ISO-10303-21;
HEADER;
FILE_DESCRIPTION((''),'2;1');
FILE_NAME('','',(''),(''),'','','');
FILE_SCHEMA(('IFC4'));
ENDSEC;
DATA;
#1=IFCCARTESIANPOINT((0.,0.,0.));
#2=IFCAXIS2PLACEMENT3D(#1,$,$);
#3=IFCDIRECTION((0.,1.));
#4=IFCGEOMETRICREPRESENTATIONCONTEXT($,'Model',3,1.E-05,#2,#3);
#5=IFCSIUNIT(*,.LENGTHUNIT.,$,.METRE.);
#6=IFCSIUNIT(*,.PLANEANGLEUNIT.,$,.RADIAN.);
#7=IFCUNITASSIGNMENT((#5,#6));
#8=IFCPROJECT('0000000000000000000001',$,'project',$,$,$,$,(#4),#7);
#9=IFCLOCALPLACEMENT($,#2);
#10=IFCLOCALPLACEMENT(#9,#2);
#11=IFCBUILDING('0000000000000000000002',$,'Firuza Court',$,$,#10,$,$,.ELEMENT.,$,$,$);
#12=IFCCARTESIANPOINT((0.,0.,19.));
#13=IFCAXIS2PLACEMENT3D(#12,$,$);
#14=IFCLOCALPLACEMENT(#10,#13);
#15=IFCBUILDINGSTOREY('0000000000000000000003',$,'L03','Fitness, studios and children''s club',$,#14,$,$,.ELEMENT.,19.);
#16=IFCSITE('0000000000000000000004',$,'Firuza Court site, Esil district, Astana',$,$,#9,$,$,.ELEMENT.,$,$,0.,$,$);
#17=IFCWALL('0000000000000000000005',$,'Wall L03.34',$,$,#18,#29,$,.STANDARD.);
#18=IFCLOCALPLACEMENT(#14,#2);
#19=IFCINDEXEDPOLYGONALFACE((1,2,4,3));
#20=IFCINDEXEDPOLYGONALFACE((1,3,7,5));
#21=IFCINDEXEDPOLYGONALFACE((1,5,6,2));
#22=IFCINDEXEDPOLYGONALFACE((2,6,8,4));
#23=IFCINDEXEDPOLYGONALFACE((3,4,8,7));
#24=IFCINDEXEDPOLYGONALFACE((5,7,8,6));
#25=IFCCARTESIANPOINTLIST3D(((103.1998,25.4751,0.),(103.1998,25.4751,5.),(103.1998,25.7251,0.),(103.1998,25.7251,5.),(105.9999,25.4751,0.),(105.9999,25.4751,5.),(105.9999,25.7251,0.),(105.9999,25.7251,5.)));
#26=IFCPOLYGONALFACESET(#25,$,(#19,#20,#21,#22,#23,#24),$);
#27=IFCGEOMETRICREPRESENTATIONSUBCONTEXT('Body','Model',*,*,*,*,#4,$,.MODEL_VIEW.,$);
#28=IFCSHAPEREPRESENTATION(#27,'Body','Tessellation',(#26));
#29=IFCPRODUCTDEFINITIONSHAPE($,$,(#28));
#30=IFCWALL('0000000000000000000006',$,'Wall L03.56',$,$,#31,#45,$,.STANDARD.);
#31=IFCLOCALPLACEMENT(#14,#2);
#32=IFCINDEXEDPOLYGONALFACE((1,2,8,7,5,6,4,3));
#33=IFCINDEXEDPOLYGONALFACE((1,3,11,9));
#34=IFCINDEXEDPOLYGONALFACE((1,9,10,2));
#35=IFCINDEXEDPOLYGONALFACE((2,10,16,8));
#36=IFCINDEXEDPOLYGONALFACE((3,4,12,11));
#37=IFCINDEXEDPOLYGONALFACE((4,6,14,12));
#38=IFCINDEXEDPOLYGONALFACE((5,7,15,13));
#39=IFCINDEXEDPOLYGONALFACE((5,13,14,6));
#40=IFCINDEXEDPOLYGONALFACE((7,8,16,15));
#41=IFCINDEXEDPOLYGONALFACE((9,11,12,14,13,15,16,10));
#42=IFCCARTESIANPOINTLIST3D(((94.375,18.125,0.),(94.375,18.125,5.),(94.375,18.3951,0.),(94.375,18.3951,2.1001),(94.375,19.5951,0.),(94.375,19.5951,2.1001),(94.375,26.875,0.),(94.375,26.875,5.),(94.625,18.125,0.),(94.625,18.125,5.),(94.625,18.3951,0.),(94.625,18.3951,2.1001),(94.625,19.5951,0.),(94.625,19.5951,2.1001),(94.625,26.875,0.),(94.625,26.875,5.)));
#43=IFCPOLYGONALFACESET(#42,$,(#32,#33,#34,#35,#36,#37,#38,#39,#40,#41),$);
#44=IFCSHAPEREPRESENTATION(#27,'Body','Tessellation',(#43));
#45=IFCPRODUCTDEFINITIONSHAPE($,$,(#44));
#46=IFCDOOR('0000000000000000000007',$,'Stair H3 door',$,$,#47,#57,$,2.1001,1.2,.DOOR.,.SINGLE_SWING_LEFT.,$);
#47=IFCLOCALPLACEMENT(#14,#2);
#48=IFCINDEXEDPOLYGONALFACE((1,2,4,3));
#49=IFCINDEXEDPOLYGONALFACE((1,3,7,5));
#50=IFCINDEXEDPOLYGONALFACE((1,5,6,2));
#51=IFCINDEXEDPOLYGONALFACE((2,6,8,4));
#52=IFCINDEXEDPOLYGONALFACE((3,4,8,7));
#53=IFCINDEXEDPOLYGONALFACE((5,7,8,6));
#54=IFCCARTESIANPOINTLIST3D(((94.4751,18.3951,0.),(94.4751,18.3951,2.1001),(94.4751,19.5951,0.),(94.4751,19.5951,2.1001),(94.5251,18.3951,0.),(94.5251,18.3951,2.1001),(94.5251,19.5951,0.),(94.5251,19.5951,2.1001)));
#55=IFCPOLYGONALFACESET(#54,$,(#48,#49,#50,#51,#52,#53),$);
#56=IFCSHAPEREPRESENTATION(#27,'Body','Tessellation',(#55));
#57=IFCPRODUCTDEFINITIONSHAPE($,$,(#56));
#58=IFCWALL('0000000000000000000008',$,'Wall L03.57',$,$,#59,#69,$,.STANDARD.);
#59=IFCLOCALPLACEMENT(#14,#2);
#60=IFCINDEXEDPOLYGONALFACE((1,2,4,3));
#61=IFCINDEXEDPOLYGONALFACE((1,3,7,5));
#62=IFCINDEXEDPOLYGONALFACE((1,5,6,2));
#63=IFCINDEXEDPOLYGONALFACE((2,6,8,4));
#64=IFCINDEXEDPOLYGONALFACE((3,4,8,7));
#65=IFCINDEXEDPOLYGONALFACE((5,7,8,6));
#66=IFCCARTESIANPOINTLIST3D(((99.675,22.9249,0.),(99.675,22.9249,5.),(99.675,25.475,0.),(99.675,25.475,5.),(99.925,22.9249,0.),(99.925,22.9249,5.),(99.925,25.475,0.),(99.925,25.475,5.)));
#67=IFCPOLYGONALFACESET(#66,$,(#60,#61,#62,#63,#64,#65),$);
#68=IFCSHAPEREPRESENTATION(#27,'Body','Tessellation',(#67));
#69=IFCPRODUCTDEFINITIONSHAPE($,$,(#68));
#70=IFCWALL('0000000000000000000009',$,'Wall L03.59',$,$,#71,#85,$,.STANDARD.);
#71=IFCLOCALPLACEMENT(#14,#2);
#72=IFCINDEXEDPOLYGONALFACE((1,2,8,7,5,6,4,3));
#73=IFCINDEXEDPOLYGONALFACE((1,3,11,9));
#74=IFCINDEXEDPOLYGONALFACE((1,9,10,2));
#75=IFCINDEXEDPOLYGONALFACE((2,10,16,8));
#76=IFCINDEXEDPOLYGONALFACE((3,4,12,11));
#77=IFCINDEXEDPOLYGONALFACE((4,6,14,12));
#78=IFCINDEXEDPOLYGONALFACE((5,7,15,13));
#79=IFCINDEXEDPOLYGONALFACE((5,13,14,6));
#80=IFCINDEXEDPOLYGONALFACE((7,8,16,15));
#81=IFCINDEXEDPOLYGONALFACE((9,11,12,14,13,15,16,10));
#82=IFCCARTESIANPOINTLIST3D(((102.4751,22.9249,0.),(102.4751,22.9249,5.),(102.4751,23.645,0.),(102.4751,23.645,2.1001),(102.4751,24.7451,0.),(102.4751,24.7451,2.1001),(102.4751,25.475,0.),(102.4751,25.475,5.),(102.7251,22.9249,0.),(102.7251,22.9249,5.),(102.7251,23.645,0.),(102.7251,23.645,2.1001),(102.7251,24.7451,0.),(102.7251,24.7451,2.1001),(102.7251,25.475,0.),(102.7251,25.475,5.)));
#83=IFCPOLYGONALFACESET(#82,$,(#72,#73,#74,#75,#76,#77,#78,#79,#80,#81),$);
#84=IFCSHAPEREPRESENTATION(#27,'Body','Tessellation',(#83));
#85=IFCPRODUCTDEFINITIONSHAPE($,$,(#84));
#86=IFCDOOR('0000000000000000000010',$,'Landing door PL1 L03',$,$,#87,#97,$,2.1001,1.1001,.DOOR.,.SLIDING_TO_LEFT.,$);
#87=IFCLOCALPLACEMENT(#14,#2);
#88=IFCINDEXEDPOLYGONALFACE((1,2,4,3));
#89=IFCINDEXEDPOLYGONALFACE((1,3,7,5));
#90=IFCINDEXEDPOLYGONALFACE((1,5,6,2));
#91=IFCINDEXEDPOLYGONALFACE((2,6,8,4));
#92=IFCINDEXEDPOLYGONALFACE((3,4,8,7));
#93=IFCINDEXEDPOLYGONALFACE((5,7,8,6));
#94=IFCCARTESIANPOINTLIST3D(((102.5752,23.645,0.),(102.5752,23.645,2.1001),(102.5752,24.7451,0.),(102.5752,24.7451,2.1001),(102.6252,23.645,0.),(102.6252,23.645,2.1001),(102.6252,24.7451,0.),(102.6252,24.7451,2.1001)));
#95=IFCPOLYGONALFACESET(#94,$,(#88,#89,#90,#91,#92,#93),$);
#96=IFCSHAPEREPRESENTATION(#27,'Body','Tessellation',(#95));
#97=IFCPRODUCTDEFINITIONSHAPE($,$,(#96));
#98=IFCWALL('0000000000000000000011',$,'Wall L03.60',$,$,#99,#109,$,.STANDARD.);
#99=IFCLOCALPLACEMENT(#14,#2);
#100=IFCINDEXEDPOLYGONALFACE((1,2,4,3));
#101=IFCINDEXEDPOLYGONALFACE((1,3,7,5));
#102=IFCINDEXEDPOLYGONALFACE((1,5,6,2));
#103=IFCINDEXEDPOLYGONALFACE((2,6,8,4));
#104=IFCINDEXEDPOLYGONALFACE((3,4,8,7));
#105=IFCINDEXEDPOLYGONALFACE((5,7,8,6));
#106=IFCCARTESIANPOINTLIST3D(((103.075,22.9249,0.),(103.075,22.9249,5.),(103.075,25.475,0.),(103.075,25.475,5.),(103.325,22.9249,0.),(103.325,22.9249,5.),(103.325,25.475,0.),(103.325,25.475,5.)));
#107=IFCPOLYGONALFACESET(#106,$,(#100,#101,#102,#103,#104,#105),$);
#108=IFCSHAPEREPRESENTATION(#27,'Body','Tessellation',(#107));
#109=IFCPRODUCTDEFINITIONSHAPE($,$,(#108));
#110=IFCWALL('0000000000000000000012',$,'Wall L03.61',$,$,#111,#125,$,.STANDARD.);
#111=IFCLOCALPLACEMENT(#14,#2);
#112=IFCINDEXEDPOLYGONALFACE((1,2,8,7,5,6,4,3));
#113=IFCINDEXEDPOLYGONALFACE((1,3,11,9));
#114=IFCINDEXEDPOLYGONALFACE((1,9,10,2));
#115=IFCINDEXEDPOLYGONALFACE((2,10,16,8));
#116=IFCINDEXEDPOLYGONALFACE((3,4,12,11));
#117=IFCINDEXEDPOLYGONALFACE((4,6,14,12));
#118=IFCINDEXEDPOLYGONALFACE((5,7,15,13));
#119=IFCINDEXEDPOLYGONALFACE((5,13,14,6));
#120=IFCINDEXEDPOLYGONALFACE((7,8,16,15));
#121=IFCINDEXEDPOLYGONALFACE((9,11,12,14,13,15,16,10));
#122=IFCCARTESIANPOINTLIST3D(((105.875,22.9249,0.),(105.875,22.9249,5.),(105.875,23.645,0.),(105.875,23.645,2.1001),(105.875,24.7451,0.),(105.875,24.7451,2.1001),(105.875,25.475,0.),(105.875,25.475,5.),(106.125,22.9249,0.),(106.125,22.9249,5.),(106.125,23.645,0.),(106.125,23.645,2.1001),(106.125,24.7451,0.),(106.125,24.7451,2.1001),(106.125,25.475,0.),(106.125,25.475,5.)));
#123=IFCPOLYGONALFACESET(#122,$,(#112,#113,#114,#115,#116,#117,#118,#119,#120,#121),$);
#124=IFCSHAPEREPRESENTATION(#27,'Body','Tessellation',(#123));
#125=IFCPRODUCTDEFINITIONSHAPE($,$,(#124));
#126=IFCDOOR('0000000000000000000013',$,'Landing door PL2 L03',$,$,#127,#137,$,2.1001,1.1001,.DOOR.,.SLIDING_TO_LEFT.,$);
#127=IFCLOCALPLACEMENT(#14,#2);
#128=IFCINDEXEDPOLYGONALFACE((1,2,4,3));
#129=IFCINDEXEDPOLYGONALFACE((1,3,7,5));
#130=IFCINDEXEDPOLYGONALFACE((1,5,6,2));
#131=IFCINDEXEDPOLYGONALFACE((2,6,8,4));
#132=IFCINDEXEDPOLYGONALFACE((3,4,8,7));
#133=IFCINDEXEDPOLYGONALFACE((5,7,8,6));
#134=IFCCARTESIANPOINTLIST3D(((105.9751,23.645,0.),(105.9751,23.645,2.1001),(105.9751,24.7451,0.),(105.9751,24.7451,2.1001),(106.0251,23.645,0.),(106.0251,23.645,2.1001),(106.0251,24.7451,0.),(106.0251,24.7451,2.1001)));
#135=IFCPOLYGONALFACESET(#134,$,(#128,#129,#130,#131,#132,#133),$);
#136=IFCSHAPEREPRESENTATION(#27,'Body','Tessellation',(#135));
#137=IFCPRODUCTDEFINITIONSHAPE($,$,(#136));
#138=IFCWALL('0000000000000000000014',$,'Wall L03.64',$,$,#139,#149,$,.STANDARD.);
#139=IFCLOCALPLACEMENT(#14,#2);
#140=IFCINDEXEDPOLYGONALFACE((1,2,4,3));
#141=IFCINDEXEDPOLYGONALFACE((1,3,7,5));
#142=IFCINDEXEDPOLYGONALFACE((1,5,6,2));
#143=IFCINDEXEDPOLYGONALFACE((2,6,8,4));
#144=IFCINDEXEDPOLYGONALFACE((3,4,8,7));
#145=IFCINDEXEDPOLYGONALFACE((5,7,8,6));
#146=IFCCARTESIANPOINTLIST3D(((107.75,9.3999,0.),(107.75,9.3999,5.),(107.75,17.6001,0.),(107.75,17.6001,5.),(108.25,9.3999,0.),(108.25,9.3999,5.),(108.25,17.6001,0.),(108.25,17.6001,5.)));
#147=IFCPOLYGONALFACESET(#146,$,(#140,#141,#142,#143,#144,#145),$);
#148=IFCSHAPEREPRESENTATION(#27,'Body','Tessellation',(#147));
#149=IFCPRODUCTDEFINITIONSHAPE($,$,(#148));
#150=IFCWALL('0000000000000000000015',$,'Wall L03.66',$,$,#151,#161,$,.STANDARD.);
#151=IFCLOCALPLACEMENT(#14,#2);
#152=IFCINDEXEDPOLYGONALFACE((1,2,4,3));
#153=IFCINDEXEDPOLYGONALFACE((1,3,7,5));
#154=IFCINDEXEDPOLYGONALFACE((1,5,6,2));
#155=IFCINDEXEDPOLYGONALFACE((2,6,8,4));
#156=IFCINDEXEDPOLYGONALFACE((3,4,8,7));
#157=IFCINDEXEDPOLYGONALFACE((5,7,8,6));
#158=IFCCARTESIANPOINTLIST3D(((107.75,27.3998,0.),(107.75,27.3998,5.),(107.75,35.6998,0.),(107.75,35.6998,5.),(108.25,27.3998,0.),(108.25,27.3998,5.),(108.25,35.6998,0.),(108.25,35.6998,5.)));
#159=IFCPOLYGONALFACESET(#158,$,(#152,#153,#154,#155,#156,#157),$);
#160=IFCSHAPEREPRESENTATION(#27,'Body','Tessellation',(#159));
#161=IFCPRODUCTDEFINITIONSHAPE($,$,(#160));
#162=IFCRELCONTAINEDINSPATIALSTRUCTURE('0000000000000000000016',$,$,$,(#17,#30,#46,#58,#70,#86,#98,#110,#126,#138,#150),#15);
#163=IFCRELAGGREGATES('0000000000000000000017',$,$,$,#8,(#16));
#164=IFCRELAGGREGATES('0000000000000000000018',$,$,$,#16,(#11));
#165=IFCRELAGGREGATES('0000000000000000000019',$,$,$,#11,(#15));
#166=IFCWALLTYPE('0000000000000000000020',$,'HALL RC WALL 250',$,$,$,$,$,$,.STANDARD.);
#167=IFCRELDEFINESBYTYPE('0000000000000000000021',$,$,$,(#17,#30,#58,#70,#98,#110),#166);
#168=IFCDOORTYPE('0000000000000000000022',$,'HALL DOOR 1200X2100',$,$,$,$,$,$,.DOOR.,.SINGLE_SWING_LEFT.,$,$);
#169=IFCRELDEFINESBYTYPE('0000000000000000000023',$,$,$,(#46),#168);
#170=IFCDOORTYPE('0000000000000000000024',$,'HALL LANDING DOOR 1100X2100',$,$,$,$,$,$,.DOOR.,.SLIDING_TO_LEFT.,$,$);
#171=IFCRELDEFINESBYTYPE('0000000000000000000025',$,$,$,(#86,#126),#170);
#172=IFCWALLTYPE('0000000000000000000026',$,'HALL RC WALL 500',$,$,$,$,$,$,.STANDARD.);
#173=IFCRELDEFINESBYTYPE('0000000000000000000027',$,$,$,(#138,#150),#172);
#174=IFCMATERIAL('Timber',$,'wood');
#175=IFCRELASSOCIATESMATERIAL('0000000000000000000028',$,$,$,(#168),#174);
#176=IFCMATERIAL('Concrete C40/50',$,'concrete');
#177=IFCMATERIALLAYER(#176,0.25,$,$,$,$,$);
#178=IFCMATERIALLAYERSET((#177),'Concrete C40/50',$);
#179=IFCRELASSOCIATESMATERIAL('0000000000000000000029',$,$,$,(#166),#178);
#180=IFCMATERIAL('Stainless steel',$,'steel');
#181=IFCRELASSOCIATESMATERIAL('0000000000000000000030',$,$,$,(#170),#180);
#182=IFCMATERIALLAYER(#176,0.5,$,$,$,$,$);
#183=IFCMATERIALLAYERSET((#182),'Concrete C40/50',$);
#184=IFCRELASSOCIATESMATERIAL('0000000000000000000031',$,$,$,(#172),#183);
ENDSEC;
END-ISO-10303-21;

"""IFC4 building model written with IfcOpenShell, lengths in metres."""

from ifc_helpers import new_model, si_unit, direction, frame, frame_2d, origin, place, context, subcontext, project, spatial, rectangle, extrude, material, layer, layer_set, type_object, element, fill, save


model = new_model("IFC4")

# Units and contexts
model_context = context("Model", 3, precision=1e-05, world=origin(), true_north=direction((0.0, 1.0)))
body_context = subcontext(model_context, "Body", "Model", "MODEL_VIEW")
ifc_project = project(units=[si_unit("LENGTHUNIT", "METRE"), si_unit("PLANEANGLEUNIT", "RADIAN")], contexts=[model_context])

# Site, building, storey
site_placement = place(None, origin())
site = spatial("IfcSite", under=ifc_project, at=site_placement, Name="Firuza Court site, Esil district, Astana", CompositionType="ELEMENT", RefElevation=0.0)
building_placement = place(site_placement, origin())
building = spatial("IfcBuilding", under=site, at=building_placement, Name="Firuza Court", CompositionType="ELEMENT")
storey_placement = place(building_placement, frame((0.0, 0.0, 19.0)))
storey = spatial("IfcBuildingStorey", under=building, at=storey_placement, Name="L03", Description="Fitness, studios and children's club", CompositionType="ELEMENT", Elevation=19.0)

# Shared definitions
ifc_material_1 = material(Name="Timber", Category="wood")
door_type_1 = type_object("IfcDoorType", Name="HALL DOOR 1200X2100", OperationType="SINGLE_SWING_LEFT", PredefinedType="DOOR", material=ifc_material_1)

# Wall
ifc_material_2 = material(Name="Concrete C40/50", Category="concrete")
ifc_layer_1 = layer(ifc_material_2, 0.25)
ifc_layer_set_1 = layer_set([ifc_layer_1], Name="Concrete C40/50")
wall_type_1 = type_object("IfcWallType", Name="HALL RC WALL 250", PredefinedType="STANDARD", material=ifc_layer_set_1)
for number, where, z_axis, x_axis, name in (
    (1, (103.2, 25.6001, 0.0), (0.0, 0.0, 1.0), (1.0, 0.0, 0.0), "Wall L03.34"),
):
    element("IfcWall", number, at=place(storey_placement, frame(where, z_axis=z_axis, x_axis=x_axis)), inside=storey, type_object=wall_type_1, Name=name, PredefinedType="STANDARD", context=body_context, shape_type="SweptSolid", body=[
        extrude(rectangle(XDim=2.8, YDim=0.25, at=frame_2d((1.3999, 0.0))), origin(), (0.0, 0.0, 1.0), 5.0),
    ])

# Wall, opening, door
wall_1_placement = place(storey_placement, frame((94.5, 18.125, 0.0), z_axis=(0.0, 0.0, 1.0), x_axis=(0.0, 1.0, 0.0)))
wall_1 = element("IfcWall", 2, at=wall_1_placement, inside=storey, type_object=wall_type_1, Name="Wall L03.56", PredefinedType="STANDARD", context=body_context, shape_type="SweptSolid", body=[
    extrude(rectangle(XDim=8.75, YDim=0.25, at=frame_2d((4.375, 0.0))), origin(), (0.0, 0.0, 1.0), 5.0),
])
opening_1_placement = place(wall_1_placement, frame((0.27, 0.0, 0.0)))
opening_1 = element("IfcOpeningElement", 3, at=opening_1_placement, cuts=wall_1, PredefinedType="OPENING", context=body_context, shape_type="SweptSolid", body=[
    extrude(rectangle(XDim=1.2, YDim=2.1001, at=frame_2d((0.6001, 1.05))), frame((0.0, 0.137, 0.0), z_axis=(0.0, -1.0, 0.0), x_axis=(1.0, 0.0, 0.0)), (0.0, 0.0, 1.0), 0.2739),
])
door_1_placement = place(opening_1_placement, origin())
door_1 = element("IfcDoor", 4, at=door_1_placement, inside=storey, type_object=door_type_1, Name="Stair H3 door", OperationType="SINGLE_SWING_LEFT", OverallHeight=2.1001, OverallWidth=1.2, PredefinedType="DOOR", context=body_context, shape_type="SweptSolid", body=[
    extrude(rectangle(XDim=1.2, YDim=2.1001, at=frame_2d((0.6001, 1.05))), frame((0.0, 0.0249, 0.0), z_axis=(0.0, -1.0, 0.0), x_axis=(1.0, 0.0, 0.0)), (0.0, 0.0, 1.0), 0.05),
])
fill(opening_1, door_1)

# Wall
wall_2_placement = place(storey_placement, frame((99.8, 22.925, 0.0), z_axis=(0.0, 0.0, 1.0), x_axis=(0.0, 1.0, 0.0)))
element("IfcWall", 5, at=wall_2_placement, inside=storey, type_object=wall_type_1, Name="Wall L03.57", PredefinedType="STANDARD", context=body_context, shape_type="SweptSolid", body=[
    extrude(rectangle(XDim=2.55, YDim=0.25, at=frame_2d((1.2749, 0.0))), origin(), (0.0, 0.0, 1.0), 5.0),
])

# Wall, opening, door
wall_3_placement = place(storey_placement, frame((102.6001, 22.925, 0.0), z_axis=(0.0, 0.0, 1.0), x_axis=(0.0, 1.0, 0.0)))
wall_3 = element("IfcWall", 6, at=wall_3_placement, inside=storey, type_object=wall_type_1, Name="Wall L03.59", PredefinedType="STANDARD", context=body_context, shape_type="SweptSolid", body=[
    extrude(rectangle(XDim=2.55, YDim=0.25, at=frame_2d((1.2749, 0.0))), origin(), (0.0, 0.0, 1.0), 5.0),
])
opening_2_placement = place(wall_3_placement, frame((0.72, 0.0, 0.0)))
opening_2 = element("IfcOpeningElement", 7, at=opening_2_placement, cuts=wall_3, PredefinedType="OPENING", context=body_context, shape_type="SweptSolid", body=[
    extrude(rectangle(XDim=1.1001, YDim=2.1001, at=frame_2d((0.55, 1.05))), frame((0.0, 0.137, 0.0), z_axis=(0.0, -1.0, 0.0), x_axis=(1.0, 0.0, 0.0)), (0.0, 0.0, 1.0), 0.2739),
])
ifc_material_3 = material(Name="Stainless steel", Category="steel")
door_type_2 = type_object("IfcDoorType", Name="HALL LANDING DOOR 1100X2100", OperationType="SLIDING_TO_LEFT", PredefinedType="DOOR", material=ifc_material_3)
door_2_placement = place(opening_2_placement, origin())
door_2 = element("IfcDoor", 8, at=door_2_placement, inside=storey, type_object=door_type_2, Name="Landing door PL1 L03", OperationType="SLIDING_TO_LEFT", OverallHeight=2.1001, OverallWidth=1.1001, PredefinedType="DOOR", context=body_context, shape_type="SweptSolid", body=[
    extrude(rectangle(XDim=1.1001, YDim=2.1001, at=frame_2d((0.55, 1.05))), frame((0.0, 0.0249, 0.0), z_axis=(0.0, -1.0, 0.0), x_axis=(1.0, 0.0, 0.0)), (0.0, 0.0, 1.0), 0.05),
])
fill(opening_2, door_2)

# Wall
wall_4_placement = place(storey_placement, frame((103.2, 22.925, 0.0), z_axis=(0.0, 0.0, 1.0), x_axis=(0.0, 1.0, 0.0)))
element("IfcWall", 9, at=wall_4_placement, inside=storey, type_object=wall_type_1, Name="Wall L03.60", PredefinedType="STANDARD", context=body_context, shape_type="SweptSolid", body=[
    extrude(rectangle(XDim=2.55, YDim=0.25, at=frame_2d((1.2749, 0.0))), origin(), (0.0, 0.0, 1.0), 5.0),
])

# Wall, opening, door
wall_5_placement = place(storey_placement, frame((106.0, 22.925, 0.0), z_axis=(0.0, 0.0, 1.0), x_axis=(0.0, 1.0, 0.0)))
wall_5 = element("IfcWall", 10, at=wall_5_placement, inside=storey, type_object=wall_type_1, Name="Wall L03.61", PredefinedType="STANDARD", context=body_context, shape_type="SweptSolid", body=[
    extrude(rectangle(XDim=2.55, YDim=0.25, at=frame_2d((1.2749, 0.0))), origin(), (0.0, 0.0, 1.0), 5.0),
])
opening_3_placement = place(wall_5_placement, frame((0.72, 0.0, 0.0)))
opening_3 = element("IfcOpeningElement", 11, at=opening_3_placement, cuts=wall_5, PredefinedType="OPENING", context=body_context, shape_type="SweptSolid", body=[
    extrude(rectangle(XDim=1.1001, YDim=2.1001, at=frame_2d((0.55, 1.05))), frame((0.0, 0.137, 0.0), z_axis=(0.0, -1.0, 0.0), x_axis=(1.0, 0.0, 0.0)), (0.0, 0.0, 1.0), 0.2739),
])
door_3_placement = place(opening_3_placement, origin())
door_3 = element("IfcDoor", 12, at=door_3_placement, inside=storey, type_object=door_type_2, Name="Landing door PL2 L03", OperationType="SLIDING_TO_LEFT", OverallHeight=2.1001, OverallWidth=1.1001, PredefinedType="DOOR", context=body_context, shape_type="SweptSolid", body=[
    extrude(rectangle(XDim=1.1001, YDim=2.1001, at=frame_2d((0.55, 1.05))), frame((0.0, 0.0249, 0.0), z_axis=(0.0, -1.0, 0.0), x_axis=(1.0, 0.0, 0.0)), (0.0, 0.0, 1.0), 0.05),
])
fill(opening_3, door_3)

# Wall
ifc_layer_2 = layer(ifc_material_2, 0.5)
ifc_layer_set_2 = layer_set([ifc_layer_2], Name="Concrete C40/50")
wall_type_2 = type_object("IfcWallType", Name="HALL RC WALL 500", PredefinedType="STANDARD", material=ifc_layer_set_2)
wall_6_placement = place(storey_placement, frame((108.0, 9.3999, 0.0), z_axis=(0.0, 0.0, 1.0), x_axis=(0.0, 1.0, 0.0)))
element("IfcWall", 13, at=wall_6_placement, inside=storey, type_object=wall_type_2, Name="Wall L03.64", PredefinedType="STANDARD", context=body_context, shape_type="SweptSolid", body=[
    extrude(rectangle(XDim=8.2002, YDim=0.5, at=frame_2d((4.1001, 0.0))), origin(), (0.0, 0.0, 1.0), 5.0),
])

# Wall
wall_7_placement = place(storey_placement, frame((108.0, 27.3999, 0.0), z_axis=(0.0, 0.0, 1.0), x_axis=(0.0, 1.0, 0.0)))
element("IfcWall", 14, at=wall_7_placement, inside=storey, type_object=wall_type_2, Name="Wall L03.66", PredefinedType="STANDARD", context=body_context, shape_type="SweptSolid", body=[
    extrude(rectangle(XDim=8.3, YDim=0.5, at=frame_2d((4.1499, 0.0))), origin(), (0.0, 0.0, 1.0), 5.0),
])

save(model, "model.ifc")
